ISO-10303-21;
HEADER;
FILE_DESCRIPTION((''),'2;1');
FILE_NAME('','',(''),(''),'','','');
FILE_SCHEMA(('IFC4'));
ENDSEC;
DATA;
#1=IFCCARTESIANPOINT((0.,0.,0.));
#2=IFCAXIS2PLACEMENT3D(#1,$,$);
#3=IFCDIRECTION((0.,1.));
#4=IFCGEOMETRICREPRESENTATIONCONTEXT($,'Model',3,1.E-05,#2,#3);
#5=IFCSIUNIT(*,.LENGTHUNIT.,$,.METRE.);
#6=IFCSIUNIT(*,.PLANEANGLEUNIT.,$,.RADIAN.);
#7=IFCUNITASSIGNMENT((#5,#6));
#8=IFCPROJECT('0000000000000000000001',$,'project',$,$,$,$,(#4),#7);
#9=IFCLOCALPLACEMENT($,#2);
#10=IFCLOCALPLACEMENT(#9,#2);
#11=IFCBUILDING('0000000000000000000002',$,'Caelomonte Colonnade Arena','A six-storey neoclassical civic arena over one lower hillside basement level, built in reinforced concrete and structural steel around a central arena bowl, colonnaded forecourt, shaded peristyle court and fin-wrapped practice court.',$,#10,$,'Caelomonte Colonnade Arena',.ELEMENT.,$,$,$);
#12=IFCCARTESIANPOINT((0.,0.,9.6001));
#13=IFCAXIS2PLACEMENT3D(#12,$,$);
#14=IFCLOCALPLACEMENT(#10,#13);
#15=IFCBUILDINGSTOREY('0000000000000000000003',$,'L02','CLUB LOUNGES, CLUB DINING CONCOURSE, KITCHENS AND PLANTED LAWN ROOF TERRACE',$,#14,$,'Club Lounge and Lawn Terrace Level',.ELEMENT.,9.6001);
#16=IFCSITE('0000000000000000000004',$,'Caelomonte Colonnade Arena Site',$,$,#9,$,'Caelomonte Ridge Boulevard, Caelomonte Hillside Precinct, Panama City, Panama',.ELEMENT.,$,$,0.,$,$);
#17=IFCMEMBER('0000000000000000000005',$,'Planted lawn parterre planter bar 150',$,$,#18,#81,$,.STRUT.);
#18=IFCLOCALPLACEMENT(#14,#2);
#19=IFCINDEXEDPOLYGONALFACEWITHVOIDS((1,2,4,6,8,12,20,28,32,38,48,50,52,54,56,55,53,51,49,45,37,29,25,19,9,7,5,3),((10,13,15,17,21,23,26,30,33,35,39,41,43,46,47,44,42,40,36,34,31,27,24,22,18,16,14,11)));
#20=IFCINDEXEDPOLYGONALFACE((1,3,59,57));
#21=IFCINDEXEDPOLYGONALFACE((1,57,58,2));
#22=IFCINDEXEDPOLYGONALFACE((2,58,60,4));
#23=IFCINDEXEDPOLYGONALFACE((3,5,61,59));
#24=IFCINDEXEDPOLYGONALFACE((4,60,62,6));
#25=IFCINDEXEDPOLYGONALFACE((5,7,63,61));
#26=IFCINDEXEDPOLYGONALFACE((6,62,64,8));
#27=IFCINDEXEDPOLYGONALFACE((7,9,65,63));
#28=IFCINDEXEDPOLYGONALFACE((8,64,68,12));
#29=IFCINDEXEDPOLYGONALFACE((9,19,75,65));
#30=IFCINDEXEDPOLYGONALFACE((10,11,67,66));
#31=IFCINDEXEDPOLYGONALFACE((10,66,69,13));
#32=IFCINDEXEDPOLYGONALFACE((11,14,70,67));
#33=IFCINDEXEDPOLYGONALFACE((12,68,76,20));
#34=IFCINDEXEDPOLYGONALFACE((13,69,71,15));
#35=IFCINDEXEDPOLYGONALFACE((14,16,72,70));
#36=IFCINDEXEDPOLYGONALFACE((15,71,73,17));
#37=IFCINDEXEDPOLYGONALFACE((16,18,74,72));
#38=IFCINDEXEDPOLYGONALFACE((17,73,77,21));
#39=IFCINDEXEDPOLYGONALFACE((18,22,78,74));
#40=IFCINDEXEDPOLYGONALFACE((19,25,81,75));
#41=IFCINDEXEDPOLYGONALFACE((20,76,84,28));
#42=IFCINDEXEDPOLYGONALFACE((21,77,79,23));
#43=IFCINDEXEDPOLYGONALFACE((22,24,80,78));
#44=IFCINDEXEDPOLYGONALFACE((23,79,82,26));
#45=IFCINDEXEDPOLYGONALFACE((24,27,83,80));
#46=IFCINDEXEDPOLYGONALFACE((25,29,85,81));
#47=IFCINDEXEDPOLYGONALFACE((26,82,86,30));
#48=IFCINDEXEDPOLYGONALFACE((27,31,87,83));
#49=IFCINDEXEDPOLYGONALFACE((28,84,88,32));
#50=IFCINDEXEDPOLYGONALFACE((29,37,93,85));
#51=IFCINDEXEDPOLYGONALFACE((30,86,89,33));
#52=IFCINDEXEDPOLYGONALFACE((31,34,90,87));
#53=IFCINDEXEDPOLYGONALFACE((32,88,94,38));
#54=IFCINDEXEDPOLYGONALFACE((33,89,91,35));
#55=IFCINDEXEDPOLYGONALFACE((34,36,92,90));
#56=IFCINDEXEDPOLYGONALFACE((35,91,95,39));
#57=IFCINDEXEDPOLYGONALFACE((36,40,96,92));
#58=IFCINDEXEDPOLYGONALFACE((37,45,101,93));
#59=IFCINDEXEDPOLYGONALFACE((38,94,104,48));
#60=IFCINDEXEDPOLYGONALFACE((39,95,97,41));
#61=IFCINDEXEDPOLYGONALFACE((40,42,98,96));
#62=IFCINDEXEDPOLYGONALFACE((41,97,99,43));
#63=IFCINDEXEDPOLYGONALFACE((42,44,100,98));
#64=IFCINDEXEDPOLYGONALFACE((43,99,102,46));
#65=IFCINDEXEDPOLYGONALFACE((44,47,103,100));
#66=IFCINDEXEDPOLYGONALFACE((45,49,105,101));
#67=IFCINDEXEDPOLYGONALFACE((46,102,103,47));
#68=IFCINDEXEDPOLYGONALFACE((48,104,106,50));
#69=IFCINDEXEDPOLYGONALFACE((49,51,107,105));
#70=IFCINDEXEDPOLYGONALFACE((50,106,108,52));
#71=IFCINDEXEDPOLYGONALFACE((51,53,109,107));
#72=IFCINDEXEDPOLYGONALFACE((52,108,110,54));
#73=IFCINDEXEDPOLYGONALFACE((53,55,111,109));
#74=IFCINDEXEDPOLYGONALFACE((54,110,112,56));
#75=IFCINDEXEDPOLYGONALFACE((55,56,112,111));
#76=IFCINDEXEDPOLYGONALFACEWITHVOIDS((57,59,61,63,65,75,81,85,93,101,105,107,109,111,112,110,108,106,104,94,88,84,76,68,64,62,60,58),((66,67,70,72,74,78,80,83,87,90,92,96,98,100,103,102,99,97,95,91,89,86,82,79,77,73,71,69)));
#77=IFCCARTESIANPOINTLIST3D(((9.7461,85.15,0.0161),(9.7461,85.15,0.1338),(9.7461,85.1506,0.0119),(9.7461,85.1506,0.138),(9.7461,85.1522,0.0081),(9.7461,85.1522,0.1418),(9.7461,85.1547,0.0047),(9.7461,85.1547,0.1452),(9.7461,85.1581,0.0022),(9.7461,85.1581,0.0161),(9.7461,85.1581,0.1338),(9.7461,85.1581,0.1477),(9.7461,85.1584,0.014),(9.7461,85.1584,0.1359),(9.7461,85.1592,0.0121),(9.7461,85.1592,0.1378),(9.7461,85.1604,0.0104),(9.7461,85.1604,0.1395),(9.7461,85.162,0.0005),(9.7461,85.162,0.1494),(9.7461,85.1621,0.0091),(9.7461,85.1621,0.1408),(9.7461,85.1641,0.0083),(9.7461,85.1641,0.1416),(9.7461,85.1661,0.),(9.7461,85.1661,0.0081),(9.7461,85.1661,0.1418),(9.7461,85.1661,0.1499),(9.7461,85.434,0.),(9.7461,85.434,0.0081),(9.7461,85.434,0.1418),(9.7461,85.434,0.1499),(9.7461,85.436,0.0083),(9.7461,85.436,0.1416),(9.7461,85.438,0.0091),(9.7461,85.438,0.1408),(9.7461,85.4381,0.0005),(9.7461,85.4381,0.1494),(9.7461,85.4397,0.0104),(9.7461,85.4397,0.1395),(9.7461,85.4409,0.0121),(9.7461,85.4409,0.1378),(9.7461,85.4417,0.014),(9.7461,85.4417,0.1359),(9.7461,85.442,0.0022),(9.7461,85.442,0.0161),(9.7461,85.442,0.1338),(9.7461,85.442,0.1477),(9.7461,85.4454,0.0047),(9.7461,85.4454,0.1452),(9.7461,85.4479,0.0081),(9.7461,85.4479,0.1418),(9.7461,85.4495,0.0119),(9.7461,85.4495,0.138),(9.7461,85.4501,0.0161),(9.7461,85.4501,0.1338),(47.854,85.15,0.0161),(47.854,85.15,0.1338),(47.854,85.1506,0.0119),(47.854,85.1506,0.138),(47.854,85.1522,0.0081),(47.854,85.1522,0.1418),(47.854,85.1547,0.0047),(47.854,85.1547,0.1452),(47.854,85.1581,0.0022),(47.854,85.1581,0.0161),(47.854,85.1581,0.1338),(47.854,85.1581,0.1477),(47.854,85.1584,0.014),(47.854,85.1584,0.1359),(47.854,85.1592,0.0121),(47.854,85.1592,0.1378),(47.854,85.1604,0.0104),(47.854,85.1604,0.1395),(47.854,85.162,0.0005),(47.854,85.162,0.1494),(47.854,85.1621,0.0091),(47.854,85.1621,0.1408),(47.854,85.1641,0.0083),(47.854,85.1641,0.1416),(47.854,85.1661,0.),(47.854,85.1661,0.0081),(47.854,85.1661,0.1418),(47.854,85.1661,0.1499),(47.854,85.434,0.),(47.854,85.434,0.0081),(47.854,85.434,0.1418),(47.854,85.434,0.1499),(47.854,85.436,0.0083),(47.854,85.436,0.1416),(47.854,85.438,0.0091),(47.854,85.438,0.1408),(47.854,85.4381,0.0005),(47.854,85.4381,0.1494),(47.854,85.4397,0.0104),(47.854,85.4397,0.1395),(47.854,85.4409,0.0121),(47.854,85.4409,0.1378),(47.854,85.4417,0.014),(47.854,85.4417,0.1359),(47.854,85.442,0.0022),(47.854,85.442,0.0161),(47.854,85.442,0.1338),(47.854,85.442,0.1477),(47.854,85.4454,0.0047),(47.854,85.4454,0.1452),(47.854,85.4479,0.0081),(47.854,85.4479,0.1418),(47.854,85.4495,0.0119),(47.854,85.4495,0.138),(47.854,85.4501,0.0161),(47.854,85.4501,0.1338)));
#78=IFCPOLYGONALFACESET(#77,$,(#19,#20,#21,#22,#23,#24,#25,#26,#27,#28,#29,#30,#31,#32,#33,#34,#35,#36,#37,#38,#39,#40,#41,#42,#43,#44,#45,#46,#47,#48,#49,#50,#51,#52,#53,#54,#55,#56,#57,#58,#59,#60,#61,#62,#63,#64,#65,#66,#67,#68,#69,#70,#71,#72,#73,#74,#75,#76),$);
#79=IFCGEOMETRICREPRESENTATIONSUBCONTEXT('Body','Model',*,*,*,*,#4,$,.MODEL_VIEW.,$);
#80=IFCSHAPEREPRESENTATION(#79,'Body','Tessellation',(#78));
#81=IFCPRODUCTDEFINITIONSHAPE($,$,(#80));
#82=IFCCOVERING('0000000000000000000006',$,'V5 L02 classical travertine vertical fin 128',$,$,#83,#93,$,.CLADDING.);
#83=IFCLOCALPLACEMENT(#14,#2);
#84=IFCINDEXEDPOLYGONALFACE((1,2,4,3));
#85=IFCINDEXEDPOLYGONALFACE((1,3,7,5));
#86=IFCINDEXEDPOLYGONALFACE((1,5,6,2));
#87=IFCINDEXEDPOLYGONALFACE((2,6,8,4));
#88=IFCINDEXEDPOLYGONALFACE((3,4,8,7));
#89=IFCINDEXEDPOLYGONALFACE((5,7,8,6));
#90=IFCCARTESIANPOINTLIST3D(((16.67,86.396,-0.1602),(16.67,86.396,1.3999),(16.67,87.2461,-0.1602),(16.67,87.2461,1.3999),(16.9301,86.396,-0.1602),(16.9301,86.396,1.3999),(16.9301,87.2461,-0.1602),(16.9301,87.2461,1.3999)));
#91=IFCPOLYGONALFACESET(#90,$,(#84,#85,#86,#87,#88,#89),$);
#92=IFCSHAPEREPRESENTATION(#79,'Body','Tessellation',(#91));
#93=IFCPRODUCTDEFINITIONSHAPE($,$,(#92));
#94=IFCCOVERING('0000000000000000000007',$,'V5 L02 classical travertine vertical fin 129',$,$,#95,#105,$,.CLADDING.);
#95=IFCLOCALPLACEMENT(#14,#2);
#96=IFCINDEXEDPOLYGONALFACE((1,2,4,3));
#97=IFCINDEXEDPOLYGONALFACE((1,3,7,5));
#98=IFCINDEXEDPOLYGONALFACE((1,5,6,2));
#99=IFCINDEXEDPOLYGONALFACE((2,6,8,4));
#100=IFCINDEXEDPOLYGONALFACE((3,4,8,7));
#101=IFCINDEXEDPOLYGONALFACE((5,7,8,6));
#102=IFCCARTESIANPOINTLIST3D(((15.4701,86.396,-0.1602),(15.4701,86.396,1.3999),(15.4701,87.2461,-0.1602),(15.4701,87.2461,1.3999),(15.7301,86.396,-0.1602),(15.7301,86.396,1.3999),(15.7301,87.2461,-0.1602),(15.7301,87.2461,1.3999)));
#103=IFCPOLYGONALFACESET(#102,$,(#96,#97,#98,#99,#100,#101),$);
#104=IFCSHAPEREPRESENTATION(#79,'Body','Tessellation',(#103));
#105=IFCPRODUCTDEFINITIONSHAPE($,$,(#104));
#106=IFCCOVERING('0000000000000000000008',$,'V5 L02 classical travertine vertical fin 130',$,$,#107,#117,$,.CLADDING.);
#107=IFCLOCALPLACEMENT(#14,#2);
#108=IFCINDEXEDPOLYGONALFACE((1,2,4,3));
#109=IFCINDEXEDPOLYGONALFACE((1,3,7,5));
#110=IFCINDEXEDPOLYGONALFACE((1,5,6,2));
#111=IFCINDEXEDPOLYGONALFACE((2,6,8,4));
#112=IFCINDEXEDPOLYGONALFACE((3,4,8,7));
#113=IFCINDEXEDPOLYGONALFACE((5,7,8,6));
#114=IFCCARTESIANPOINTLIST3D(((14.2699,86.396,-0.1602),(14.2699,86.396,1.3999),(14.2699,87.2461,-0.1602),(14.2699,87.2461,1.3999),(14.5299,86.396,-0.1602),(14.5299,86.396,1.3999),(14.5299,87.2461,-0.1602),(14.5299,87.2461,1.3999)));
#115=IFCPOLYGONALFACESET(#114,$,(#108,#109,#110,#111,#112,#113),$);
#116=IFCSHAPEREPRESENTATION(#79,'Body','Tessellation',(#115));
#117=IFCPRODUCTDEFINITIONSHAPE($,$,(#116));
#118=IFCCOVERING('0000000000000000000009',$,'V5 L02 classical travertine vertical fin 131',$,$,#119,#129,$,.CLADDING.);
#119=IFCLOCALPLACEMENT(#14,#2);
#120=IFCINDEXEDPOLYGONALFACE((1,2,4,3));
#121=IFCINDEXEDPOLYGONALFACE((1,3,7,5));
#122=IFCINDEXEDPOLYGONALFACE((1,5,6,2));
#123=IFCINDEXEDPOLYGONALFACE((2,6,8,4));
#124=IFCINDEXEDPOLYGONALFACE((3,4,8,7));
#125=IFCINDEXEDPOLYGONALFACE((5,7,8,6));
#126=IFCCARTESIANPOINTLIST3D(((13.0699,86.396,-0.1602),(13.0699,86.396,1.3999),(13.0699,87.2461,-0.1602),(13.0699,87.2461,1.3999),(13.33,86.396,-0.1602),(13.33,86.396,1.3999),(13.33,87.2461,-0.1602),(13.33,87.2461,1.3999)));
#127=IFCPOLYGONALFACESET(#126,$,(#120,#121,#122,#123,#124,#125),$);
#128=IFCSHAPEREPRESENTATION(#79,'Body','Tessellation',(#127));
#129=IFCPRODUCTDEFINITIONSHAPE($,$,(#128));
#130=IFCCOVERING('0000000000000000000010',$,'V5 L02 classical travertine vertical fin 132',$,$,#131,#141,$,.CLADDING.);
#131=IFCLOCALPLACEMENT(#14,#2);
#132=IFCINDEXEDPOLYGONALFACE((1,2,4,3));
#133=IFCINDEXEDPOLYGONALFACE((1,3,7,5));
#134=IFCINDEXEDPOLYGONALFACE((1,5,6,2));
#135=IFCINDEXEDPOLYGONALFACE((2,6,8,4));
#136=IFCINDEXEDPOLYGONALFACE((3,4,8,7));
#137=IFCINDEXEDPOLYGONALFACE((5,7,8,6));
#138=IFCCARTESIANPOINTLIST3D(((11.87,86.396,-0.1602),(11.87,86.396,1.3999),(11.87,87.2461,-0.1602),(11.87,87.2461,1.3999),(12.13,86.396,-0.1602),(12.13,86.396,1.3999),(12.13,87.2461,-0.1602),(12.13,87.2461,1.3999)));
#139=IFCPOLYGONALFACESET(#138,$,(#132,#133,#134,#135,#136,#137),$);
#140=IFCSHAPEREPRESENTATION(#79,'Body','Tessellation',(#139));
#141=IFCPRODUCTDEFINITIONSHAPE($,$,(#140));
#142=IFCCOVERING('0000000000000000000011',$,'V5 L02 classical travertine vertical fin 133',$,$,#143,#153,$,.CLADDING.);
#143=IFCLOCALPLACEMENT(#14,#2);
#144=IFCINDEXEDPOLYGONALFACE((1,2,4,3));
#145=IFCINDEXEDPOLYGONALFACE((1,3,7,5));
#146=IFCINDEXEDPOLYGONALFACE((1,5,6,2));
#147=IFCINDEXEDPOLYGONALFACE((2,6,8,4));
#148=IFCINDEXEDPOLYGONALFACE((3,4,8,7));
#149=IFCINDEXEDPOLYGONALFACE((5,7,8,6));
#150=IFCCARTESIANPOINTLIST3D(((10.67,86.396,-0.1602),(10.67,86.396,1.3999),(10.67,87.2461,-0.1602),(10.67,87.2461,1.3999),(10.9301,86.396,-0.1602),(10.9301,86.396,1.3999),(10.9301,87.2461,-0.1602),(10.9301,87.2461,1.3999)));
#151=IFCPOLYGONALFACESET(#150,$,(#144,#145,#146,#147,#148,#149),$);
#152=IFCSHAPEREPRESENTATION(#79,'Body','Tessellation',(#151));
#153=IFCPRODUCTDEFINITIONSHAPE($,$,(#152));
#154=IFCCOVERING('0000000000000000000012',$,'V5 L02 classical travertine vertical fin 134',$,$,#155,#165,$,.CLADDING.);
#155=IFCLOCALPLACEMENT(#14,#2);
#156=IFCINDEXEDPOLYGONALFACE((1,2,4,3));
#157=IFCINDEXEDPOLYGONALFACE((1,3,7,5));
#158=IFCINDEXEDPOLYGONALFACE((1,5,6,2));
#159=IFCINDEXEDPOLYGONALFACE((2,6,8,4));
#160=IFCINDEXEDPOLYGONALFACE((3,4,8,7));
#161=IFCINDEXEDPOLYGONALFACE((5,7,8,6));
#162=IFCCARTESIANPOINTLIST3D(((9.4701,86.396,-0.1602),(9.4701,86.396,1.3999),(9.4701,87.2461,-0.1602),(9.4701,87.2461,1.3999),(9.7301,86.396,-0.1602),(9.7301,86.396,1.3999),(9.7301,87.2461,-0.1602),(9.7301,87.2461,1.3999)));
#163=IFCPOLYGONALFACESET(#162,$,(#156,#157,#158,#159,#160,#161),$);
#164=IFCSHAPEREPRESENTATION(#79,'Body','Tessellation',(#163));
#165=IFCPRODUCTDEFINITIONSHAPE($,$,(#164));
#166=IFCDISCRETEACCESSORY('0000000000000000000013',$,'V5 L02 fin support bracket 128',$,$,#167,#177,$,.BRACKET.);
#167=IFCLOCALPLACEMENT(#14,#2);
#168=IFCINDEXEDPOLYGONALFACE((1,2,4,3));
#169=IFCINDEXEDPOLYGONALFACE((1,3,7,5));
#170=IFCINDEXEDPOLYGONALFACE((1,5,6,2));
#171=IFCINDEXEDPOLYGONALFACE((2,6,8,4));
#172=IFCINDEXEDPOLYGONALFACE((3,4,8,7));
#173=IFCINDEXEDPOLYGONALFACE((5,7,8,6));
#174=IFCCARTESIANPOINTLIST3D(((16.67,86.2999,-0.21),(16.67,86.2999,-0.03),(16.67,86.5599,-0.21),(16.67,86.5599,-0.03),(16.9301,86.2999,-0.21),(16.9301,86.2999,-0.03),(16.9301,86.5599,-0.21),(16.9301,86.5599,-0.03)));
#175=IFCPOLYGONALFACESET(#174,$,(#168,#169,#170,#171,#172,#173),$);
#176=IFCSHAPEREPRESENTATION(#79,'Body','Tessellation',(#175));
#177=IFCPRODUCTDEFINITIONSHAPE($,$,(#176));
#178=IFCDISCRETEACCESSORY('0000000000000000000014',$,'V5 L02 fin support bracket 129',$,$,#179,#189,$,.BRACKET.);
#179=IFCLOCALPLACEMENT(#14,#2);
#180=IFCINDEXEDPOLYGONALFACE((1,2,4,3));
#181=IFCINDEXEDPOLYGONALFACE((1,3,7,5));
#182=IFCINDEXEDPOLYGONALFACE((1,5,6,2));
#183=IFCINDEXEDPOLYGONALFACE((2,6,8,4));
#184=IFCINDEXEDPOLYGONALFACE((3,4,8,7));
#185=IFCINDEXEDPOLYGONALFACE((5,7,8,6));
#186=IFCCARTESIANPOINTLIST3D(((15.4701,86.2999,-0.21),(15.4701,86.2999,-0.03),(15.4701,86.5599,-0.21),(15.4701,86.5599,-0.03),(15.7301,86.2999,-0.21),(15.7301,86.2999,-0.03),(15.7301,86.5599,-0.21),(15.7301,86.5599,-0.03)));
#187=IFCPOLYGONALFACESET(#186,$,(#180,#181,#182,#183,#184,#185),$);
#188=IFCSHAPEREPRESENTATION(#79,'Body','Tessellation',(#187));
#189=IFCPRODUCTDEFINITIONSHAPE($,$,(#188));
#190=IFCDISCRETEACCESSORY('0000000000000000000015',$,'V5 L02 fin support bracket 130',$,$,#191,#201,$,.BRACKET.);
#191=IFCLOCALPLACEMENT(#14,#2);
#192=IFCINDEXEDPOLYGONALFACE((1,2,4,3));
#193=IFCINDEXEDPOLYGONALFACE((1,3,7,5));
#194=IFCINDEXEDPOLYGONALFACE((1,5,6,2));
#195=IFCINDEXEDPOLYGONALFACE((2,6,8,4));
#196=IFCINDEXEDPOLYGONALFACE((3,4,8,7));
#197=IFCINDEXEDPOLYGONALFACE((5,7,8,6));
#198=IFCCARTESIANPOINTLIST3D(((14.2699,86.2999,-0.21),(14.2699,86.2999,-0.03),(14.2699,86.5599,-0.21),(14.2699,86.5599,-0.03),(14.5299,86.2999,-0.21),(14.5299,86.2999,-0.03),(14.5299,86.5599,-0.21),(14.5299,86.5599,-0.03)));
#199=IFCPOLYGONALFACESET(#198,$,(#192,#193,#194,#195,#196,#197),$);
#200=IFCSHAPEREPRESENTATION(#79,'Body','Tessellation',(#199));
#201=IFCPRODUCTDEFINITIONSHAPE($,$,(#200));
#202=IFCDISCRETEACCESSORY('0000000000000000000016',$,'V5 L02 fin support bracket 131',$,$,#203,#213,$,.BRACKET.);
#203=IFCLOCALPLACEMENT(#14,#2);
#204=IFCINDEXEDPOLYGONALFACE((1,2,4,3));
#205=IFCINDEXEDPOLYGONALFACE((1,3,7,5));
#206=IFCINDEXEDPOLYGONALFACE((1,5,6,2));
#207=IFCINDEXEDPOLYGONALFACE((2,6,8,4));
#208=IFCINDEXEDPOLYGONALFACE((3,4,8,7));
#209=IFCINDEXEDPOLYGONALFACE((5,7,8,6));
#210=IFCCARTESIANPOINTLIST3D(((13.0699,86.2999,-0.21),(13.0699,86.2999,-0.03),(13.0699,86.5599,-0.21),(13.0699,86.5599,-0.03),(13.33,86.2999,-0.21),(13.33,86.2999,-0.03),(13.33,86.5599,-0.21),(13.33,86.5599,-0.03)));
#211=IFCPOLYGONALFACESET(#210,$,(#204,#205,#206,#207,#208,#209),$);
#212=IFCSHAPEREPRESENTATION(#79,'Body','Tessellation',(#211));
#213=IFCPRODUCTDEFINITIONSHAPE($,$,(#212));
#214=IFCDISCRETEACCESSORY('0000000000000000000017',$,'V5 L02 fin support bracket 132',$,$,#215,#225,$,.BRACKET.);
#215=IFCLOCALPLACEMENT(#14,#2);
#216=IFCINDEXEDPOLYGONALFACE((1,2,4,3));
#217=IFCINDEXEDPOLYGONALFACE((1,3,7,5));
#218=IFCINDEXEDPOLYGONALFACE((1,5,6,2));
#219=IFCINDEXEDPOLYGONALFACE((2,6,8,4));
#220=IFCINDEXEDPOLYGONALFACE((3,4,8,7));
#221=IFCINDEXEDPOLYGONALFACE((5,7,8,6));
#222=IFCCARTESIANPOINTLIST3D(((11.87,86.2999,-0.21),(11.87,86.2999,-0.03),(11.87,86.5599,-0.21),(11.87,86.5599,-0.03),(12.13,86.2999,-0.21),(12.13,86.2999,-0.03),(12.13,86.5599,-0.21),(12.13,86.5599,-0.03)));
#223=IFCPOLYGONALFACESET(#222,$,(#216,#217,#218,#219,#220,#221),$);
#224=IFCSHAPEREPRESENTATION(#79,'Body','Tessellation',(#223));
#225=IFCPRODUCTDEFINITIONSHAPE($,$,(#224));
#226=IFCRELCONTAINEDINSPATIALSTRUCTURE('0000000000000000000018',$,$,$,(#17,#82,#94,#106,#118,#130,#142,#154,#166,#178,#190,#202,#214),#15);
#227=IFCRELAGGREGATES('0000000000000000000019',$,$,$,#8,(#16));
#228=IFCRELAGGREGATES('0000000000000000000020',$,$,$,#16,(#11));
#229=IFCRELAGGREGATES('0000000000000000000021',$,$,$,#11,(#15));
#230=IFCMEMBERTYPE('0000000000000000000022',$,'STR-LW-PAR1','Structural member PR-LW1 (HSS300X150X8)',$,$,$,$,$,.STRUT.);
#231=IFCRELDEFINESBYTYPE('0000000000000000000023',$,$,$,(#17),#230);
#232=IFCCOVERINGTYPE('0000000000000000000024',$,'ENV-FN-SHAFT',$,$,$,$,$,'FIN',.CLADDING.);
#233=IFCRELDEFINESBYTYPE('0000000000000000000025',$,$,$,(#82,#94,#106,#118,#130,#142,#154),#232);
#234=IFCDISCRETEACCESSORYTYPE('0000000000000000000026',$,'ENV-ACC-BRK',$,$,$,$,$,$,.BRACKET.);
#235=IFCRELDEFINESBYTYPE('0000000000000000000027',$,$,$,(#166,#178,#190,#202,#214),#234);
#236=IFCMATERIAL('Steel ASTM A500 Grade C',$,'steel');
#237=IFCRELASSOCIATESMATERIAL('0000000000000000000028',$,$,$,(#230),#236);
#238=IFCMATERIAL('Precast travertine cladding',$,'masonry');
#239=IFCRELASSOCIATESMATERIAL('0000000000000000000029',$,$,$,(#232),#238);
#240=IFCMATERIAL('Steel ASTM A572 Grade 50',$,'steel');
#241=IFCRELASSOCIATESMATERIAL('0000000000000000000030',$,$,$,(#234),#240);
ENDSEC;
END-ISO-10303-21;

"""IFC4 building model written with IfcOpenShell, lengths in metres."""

from ifc_helpers import new_model, si_unit, direction, frame, origin, origin_2d, place, context, subcontext, project, spatial, rectangle, hollow_rectangle, extrude, material, material_profile, profile_set, type_object, element, save


model = new_model("IFC4")

# Units and contexts
model_context = context("Model", 3, precision=1e-05, world=origin(), true_north=direction((0.0, 1.0)))
body_context = subcontext(model_context, "Body", "Model", "MODEL_VIEW")
ifc_project = project(units=[si_unit("LENGTHUNIT", "METRE"), si_unit("PLANEANGLEUNIT", "RADIAN")], contexts=[model_context])

# Site, building, storey
site_placement = place(None, origin())
site = spatial("IfcSite", under=ifc_project, at=site_placement, Name="Caelomonte Colonnade Arena Site", LongName="Caelomonte Ridge Boulevard, Caelomonte Hillside Precinct, Panama City, Panama", CompositionType="ELEMENT", RefElevation=0.0)
building_placement = place(site_placement, origin())
building = spatial("IfcBuilding", under=site, at=building_placement, Name="Caelomonte Colonnade Arena", Description="A six-storey neoclassical civic arena over one lower hillside basement level, built in reinforced concrete and structural steel around a central arena bowl, colonnaded forecourt, shaded peristyle court and fin-wrapped practice court.", LongName="Caelomonte Colonnade Arena", CompositionType="ELEMENT")
storey_placement = place(building_placement, frame((0.0, 0.0, 9.6001)))
storey = spatial("IfcBuildingStorey", under=building, at=storey_placement, Name="L02", Description="CLUB LOUNGES, CLUB DINING CONCOURSE, KITCHENS AND PLANTED LAWN ROOF TERRACE", LongName="Club Lounge and Lawn Terrace Level", CompositionType="ELEMENT", Elevation=9.6001)

# Member
ifc_material_1 = material(Name="Steel ASTM A500 Grade C", Category="steel")
ifc_material_profile_1 = material_profile(ifc_material_1, hollow_rectangle(XDim=0.3, YDim=0.1499, WallThickness=0.0081, InnerFilletRadius=0.0081, OuterFilletRadius=0.0161, at=origin_2d()), Name="HSS300X150X8")
ifc_profile_set_1 = profile_set([ifc_material_profile_1], Name="Steel ASTM A500 Grade C")
member_type = type_object("IfcMemberType", Name="STR-LW-PAR1", Description="Structural member PR-LW1 (HSS300X150X8)", PredefinedType="STRUT", material=ifc_profile_set_1)
for number, where, z_axis, x_axis, name in (
    (1, (9.7461, 85.3, 0.075), (1.0, 0.0, 0.0), (0.0, 1.0, 0.0), "Planted lawn parterre planter bar 150"),
):
    element("IfcMember", number, at=place(storey_placement, frame(where, z_axis=z_axis, x_axis=x_axis)), inside=storey, type_object=member_type, Name=name, PredefinedType="STRUT", context=body_context, shape_type="SweptSolid", body=[
        extrude(hollow_rectangle(XDim=0.3, YDim=0.1499, WallThickness=0.0081, InnerFilletRadius=0.0081, OuterFilletRadius=0.0161, at=origin_2d()), origin(), (0.0, 0.0, 1.0), 38.1079),
    ])

# Coverings
ifc_material_2 = material(Name="Precast travertine cladding", Category="masonry")
ifc_material_profile_2 = material_profile(ifc_material_2, rectangle(XDim=0.26, YDim=0.8501, at=origin_2d()), Name="FIN260X850")
ifc_profile_set_2 = profile_set([ifc_material_profile_2], Name="Precast travertine cladding")
covering_type = type_object("IfcCoveringType", Name="ENV-FN-SHAFT", ElementType="FIN", PredefinedType="CLADDING", material=ifc_profile_set_2)
for number, where, z_axis, x_axis, name in (
    (2, (16.8, 86.821, -0.1602), (0.0, 0.0, 1.0), (1.0, 0.0, 0.0), "V5 L02 classical travertine vertical fin 128"),
    (3, (15.6001, 86.821, -0.1602), (0.0, 0.0, 1.0), (1.0, 0.0, 0.0), "V5 L02 classical travertine vertical fin 129"),
    (4, (14.3999, 86.821, -0.1602), (0.0, 0.0, 1.0), (1.0, 0.0, 0.0), "V5 L02 classical travertine vertical fin 130"),
    (5, (13.2, 86.821, -0.1602), (0.0, 0.0, 1.0), (1.0, 0.0, 0.0), "V5 L02 classical travertine vertical fin 131"),
    (6, (12.0, 86.821, -0.1602), (0.0, 0.0, 1.0), (1.0, 0.0, 0.0), "V5 L02 classical travertine vertical fin 132"),
    (7, (10.8, 86.821, -0.1602), (0.0, 0.0, 1.0), (1.0, 0.0, 0.0), "V5 L02 classical travertine vertical fin 133"),
    (8, (9.6001, 86.821, -0.1602), (0.0, 0.0, 1.0), (1.0, 0.0, 0.0), "V5 L02 classical travertine vertical fin 134"),
):
    element("IfcCovering", number, at=place(storey_placement, frame(where, z_axis=z_axis, x_axis=x_axis)), inside=storey, type_object=covering_type, Name=name, PredefinedType="CLADDING", context=body_context, shape_type="SweptSolid", body=[
        extrude(rectangle(XDim=0.26, YDim=0.8501, at=origin_2d()), origin(), (0.0, 0.0, 1.0), 1.5601),
    ])

# Discrete accessories
ifc_material_3 = material(Name="Steel ASTM A572 Grade 50", Category="steel")
discrete_accessory_type = type_object("IfcDiscreteAccessoryType", Name="ENV-ACC-BRK", PredefinedType="BRACKET", material=ifc_material_3)
for number, where, z_axis, x_axis, name in (
    (9, (16.8, 86.4299, -0.21), (0.0, 0.0, 1.0), (-1.0, 0.0, 0.0), "V5 L02 fin support bracket 128"),
    (10, (15.6001, 86.4299, -0.21), (0.0, 0.0, 1.0), (-1.0, 0.0, 0.0), "V5 L02 fin support bracket 129"),
    (11, (14.3999, 86.4299, -0.21), (0.0, 0.0, 1.0), (-1.0, 0.0, 0.0), "V5 L02 fin support bracket 130"),
    (12, (13.2, 86.4299, -0.21), (0.0, 0.0, 1.0), (-1.0, 0.0, 0.0), "V5 L02 fin support bracket 131"),
    (13, (12.0, 86.4299, -0.21), (0.0, 0.0, 1.0), (-1.0, 0.0, 0.0), "V5 L02 fin support bracket 132"),
):
    element("IfcDiscreteAccessory", number, at=place(storey_placement, frame(where, z_axis=z_axis, x_axis=x_axis)), inside=storey, type_object=discrete_accessory_type, Name=name, PredefinedType="BRACKET", context=body_context, shape_type="SweptSolid", body=[
        extrude(rectangle(XDim=0.26, YDim=0.26, at=origin_2d()), origin(), (0.0, 0.0, 1.0), 0.1799),
    ])

save(model, "model.ifc")
